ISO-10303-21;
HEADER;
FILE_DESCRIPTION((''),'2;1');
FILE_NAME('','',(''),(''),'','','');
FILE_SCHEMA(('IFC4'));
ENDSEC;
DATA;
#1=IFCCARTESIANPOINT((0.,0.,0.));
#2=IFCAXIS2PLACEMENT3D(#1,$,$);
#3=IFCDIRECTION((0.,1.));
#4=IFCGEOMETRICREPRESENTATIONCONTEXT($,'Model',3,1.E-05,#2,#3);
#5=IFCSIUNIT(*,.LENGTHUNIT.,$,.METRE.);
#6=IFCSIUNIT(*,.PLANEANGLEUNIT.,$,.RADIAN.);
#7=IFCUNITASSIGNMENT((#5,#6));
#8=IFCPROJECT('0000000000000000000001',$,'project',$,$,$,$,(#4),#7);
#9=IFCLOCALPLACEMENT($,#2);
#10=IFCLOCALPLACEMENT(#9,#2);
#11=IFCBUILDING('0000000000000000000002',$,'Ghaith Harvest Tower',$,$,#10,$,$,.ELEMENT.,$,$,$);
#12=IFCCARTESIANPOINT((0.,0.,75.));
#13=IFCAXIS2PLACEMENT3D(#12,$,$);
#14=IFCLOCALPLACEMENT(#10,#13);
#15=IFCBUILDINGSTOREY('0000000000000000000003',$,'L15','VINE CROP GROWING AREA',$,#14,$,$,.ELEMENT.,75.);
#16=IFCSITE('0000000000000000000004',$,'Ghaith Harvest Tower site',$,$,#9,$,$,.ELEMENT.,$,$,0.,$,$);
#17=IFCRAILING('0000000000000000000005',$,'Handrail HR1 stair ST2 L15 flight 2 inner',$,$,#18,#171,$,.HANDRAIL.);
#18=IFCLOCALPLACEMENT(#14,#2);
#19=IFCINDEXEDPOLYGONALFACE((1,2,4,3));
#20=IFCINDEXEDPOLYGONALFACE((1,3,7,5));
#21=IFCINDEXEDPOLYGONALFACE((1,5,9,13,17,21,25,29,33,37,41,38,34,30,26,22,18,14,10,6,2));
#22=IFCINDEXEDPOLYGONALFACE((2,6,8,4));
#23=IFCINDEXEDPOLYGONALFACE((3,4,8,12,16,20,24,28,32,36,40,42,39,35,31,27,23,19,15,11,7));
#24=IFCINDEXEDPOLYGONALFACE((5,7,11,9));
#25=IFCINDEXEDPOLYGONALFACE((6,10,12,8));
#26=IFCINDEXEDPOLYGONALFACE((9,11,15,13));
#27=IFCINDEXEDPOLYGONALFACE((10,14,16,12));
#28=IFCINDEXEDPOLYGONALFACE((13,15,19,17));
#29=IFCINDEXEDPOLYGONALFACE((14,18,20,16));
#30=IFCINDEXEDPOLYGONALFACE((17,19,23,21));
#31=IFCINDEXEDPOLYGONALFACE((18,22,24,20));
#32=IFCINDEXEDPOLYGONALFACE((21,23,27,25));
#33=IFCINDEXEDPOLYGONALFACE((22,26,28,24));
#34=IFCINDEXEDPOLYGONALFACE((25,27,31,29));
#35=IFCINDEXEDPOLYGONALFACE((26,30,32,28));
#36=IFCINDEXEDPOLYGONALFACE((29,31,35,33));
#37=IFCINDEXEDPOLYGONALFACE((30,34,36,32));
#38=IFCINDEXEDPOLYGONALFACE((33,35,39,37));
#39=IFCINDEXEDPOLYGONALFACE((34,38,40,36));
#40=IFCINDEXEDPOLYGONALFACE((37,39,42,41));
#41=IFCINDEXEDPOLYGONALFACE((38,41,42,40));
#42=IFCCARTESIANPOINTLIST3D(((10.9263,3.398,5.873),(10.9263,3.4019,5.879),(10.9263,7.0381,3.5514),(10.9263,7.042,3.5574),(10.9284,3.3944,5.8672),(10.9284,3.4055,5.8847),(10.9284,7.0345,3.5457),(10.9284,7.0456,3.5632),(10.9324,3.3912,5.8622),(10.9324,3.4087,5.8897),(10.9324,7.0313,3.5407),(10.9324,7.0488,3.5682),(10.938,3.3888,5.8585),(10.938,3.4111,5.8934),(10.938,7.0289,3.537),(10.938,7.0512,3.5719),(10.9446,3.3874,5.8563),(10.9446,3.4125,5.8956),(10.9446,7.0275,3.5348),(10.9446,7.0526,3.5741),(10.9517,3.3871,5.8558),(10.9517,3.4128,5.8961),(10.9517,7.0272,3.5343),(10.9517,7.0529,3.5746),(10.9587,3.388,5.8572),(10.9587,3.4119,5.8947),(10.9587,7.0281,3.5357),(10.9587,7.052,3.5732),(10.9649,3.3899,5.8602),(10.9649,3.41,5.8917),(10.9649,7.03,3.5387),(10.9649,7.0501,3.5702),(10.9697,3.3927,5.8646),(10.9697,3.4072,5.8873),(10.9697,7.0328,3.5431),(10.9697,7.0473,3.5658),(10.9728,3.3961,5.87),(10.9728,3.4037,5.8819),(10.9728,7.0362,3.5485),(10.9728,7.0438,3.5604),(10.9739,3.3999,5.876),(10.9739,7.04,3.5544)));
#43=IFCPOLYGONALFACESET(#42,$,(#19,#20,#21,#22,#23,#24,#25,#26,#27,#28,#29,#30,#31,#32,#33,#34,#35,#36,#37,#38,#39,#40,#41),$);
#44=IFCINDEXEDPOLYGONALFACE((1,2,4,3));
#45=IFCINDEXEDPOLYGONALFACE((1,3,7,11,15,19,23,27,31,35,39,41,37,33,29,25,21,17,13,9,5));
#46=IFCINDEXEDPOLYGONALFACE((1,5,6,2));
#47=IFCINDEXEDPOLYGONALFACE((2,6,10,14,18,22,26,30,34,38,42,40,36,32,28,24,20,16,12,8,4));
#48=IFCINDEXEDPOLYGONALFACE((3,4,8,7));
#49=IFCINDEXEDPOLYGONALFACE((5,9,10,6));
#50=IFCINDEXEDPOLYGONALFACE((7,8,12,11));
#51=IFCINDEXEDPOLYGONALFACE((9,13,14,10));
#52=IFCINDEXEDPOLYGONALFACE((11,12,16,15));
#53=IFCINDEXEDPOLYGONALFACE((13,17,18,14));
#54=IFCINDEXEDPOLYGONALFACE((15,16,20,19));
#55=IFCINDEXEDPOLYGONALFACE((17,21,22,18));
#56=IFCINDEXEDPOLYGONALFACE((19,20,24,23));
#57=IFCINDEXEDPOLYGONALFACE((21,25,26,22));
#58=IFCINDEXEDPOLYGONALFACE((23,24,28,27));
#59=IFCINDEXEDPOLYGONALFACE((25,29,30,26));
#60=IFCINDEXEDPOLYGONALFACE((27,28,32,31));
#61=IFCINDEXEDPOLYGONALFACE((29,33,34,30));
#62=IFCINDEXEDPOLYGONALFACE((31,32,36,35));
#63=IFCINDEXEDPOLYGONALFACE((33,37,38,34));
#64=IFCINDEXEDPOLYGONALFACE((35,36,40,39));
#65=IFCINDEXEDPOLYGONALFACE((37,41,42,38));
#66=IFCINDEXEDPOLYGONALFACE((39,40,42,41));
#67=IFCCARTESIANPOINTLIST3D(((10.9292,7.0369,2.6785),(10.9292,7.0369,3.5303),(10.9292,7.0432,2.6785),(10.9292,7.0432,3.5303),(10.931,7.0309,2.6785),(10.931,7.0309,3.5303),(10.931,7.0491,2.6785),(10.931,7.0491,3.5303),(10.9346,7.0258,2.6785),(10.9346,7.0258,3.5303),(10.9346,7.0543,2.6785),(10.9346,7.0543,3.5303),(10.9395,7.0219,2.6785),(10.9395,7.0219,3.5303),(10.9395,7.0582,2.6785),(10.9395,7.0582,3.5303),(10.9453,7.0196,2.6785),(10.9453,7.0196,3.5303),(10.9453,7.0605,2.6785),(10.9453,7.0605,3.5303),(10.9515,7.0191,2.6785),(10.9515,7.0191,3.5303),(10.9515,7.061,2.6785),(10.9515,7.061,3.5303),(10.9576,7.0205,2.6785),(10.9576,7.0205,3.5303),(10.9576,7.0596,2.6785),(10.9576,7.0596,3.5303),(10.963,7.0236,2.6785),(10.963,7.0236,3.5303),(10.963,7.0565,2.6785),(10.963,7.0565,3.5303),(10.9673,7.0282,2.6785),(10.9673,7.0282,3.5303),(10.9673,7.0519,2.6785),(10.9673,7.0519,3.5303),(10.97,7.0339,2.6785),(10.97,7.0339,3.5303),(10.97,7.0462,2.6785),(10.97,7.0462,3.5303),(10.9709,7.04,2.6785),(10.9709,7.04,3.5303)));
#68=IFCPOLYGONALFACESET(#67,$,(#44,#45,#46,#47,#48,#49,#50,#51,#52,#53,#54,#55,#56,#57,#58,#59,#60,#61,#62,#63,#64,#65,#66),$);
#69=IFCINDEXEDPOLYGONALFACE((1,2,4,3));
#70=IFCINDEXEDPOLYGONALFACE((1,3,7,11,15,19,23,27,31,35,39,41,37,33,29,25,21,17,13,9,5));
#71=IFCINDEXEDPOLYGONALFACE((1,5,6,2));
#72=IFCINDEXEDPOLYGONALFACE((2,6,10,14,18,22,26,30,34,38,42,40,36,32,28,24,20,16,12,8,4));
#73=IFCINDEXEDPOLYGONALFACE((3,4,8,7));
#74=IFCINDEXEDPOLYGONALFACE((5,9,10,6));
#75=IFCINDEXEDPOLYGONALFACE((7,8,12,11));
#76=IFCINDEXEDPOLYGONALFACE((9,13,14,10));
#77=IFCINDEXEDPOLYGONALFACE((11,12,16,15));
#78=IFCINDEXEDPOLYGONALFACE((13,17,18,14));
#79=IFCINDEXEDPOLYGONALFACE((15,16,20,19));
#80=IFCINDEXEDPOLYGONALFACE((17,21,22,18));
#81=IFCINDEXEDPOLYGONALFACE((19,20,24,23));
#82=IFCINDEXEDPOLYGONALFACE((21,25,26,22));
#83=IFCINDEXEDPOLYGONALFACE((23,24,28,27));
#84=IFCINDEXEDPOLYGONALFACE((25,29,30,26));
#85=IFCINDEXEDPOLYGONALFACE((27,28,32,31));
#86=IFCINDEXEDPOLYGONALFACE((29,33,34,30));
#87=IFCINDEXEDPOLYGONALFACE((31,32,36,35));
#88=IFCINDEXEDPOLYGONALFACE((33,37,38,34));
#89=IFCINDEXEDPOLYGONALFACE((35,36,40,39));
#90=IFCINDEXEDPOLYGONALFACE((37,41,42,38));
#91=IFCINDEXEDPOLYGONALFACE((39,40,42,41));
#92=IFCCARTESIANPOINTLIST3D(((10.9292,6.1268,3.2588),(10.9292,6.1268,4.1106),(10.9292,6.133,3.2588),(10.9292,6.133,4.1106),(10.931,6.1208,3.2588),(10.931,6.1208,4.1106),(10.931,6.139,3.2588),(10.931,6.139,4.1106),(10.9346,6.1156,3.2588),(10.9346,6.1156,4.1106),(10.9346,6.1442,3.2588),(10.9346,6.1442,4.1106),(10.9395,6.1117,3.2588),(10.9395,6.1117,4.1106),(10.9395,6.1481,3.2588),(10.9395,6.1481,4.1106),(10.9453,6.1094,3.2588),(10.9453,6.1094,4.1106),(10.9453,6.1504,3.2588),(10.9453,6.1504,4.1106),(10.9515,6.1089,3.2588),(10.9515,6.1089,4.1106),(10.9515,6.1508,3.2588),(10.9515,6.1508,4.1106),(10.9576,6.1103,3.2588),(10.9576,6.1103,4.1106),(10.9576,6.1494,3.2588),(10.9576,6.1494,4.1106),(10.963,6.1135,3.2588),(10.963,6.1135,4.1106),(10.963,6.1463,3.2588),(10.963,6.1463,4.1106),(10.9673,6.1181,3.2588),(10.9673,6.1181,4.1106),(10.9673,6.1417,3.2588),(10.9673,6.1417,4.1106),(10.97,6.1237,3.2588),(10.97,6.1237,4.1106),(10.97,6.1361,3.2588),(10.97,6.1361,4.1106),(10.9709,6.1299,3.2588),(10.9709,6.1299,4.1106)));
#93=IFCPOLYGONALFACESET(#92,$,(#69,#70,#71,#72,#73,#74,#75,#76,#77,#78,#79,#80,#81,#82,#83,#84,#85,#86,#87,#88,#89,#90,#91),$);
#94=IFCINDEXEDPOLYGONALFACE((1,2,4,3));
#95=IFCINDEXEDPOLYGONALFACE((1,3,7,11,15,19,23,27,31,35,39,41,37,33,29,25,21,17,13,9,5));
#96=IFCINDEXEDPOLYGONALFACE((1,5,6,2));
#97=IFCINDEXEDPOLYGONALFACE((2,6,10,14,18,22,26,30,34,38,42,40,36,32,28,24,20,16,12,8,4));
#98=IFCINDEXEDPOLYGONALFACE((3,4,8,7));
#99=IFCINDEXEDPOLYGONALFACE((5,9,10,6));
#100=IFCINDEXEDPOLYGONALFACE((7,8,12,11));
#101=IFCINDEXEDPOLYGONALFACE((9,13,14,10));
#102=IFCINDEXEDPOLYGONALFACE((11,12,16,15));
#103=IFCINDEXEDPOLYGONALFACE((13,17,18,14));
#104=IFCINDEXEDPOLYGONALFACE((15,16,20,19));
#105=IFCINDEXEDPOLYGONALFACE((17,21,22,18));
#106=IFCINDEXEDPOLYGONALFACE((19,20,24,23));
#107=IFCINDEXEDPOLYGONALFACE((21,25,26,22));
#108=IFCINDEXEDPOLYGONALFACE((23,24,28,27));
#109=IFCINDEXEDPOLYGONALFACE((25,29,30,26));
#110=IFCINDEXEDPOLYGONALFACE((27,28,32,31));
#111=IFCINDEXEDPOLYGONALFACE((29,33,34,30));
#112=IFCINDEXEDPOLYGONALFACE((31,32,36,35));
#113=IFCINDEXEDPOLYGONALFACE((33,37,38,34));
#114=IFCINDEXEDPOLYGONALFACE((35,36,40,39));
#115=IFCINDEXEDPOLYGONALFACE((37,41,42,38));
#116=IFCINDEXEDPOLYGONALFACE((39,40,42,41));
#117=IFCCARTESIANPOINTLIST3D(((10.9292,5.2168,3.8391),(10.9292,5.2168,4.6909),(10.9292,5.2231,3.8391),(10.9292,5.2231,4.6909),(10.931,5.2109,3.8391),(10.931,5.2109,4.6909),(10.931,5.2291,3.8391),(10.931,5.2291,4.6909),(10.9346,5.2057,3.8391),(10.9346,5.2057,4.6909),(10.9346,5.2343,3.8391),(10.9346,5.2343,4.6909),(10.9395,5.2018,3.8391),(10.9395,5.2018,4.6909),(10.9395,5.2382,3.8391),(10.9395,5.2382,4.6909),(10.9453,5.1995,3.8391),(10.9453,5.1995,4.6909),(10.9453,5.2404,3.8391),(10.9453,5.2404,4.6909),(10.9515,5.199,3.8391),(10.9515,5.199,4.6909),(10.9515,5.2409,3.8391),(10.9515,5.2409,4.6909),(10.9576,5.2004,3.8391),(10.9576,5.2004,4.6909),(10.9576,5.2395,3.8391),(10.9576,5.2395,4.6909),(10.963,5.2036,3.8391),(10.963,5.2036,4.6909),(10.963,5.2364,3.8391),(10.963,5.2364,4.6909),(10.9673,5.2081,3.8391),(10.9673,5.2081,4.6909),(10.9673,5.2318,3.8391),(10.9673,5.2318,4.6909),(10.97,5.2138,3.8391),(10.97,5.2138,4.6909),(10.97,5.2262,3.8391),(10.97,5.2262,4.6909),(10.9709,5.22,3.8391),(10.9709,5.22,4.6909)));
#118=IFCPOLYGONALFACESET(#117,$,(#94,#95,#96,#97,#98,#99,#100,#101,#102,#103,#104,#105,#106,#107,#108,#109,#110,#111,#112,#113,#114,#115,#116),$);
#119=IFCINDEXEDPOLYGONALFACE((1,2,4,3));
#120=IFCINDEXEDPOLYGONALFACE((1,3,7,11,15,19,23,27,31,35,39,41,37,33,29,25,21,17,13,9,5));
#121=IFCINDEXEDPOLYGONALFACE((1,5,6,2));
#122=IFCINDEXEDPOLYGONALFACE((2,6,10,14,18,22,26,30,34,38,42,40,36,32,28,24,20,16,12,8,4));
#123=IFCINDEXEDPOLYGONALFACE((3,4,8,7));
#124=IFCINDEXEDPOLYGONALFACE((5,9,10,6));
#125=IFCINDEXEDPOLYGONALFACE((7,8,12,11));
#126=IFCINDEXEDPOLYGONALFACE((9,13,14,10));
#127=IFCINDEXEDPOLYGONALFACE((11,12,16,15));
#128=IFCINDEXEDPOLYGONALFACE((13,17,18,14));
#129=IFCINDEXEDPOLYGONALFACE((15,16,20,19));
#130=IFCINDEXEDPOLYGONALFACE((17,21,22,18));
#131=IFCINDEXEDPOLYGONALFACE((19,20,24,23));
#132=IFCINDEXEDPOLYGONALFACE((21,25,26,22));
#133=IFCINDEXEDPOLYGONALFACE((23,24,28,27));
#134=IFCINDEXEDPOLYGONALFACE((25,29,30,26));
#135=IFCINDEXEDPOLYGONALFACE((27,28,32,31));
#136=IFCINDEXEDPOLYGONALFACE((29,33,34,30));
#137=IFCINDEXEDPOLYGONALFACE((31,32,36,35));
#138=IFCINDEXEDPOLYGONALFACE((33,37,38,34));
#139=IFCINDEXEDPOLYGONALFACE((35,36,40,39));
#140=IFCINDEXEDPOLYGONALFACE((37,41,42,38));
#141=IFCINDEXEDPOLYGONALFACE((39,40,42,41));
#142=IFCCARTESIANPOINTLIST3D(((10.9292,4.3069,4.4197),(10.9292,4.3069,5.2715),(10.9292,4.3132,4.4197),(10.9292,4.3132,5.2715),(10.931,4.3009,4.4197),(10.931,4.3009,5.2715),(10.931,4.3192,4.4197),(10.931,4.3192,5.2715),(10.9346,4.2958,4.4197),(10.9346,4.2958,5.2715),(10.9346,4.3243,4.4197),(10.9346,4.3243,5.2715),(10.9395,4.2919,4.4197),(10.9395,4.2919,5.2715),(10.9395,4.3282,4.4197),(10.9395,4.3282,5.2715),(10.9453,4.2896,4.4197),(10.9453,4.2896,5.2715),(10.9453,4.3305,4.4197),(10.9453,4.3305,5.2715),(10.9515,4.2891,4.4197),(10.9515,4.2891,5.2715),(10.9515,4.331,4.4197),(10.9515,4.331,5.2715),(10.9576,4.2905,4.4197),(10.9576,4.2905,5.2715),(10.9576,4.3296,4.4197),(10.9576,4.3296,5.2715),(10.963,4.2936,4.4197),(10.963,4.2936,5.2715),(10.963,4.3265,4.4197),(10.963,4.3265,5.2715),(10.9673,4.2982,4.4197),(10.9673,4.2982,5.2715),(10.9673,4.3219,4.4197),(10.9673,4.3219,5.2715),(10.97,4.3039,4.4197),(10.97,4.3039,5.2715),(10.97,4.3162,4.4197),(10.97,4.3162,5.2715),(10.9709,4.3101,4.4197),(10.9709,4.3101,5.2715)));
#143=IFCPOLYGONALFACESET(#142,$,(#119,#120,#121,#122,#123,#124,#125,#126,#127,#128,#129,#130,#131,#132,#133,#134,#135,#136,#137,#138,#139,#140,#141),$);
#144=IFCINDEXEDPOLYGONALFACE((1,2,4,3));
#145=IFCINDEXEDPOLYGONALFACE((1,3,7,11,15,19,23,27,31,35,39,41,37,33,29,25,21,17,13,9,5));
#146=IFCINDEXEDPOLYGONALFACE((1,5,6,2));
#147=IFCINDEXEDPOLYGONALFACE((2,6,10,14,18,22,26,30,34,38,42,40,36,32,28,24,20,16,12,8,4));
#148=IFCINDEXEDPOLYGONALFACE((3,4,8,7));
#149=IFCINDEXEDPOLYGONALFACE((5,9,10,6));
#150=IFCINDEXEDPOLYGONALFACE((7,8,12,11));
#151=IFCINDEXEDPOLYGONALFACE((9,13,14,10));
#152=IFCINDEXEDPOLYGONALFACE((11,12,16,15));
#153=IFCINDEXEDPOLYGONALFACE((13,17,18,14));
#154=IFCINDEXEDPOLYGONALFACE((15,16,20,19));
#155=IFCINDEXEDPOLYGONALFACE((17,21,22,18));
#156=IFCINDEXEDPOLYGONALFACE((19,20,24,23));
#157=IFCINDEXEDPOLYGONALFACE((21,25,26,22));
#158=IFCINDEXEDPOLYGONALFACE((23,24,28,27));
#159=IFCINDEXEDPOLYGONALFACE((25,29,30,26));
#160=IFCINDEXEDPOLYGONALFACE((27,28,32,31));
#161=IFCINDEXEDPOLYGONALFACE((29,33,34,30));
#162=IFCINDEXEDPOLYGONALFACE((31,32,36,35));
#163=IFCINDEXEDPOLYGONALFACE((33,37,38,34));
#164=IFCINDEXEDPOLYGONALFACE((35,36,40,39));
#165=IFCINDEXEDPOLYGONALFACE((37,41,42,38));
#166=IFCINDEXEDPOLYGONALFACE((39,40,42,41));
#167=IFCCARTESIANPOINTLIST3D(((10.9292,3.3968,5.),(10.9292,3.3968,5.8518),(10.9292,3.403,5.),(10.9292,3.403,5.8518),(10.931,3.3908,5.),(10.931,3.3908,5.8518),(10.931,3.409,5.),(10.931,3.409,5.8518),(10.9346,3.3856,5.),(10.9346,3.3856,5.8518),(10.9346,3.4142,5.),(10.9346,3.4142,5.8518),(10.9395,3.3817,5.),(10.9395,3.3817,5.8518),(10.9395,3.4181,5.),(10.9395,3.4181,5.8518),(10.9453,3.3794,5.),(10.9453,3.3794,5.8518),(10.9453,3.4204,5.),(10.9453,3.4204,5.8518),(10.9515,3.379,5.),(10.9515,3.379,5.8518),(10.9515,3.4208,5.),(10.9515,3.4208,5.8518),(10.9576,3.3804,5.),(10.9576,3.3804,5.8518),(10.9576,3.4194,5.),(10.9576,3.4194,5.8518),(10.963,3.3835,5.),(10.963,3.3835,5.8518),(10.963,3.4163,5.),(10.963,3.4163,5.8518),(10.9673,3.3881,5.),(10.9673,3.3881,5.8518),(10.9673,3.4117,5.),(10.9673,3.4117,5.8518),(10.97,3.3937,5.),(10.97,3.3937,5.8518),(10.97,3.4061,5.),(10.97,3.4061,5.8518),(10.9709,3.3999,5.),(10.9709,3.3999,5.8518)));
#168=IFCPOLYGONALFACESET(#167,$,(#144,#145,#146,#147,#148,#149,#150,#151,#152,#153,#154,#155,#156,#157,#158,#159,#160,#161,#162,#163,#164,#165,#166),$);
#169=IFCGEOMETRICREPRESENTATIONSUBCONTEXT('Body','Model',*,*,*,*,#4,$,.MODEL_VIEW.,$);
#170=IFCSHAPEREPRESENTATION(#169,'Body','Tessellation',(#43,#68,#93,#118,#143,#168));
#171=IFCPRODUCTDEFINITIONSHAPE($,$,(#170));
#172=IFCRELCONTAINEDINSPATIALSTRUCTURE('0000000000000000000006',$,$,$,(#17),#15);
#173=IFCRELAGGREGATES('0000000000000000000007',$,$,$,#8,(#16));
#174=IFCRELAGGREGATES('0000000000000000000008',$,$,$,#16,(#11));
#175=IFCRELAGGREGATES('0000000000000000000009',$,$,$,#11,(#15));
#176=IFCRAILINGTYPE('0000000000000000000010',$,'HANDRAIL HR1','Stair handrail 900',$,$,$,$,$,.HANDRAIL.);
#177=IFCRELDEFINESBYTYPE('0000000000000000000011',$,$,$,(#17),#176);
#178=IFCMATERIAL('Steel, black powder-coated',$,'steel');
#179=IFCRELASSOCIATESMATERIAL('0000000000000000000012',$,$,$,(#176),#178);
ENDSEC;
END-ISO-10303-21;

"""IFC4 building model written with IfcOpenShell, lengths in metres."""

from ifc_helpers import new_model, si_unit, direction, frame, origin, origin_2d, place, context, subcontext, project, spatial, circle, extrude, material, type_object, element, save


model = new_model("IFC4")

# Units and contexts
model_context = context("Model", 3, precision=1e-05, world=origin(), true_north=direction((0.0, 1.0)))
body_context = subcontext(model_context, "Body", "Model", "MODEL_VIEW")
ifc_project = project(units=[si_unit("LENGTHUNIT", "METRE"), si_unit("PLANEANGLEUNIT", "RADIAN")], contexts=[model_context])

# Site, building, storey
site_placement = place(None, origin())
site = spatial("IfcSite", under=ifc_project, at=site_placement, Name="Ghaith Harvest Tower site", CompositionType="ELEMENT", RefElevation=0.0)
building_placement = place(site_placement, origin())
building = spatial("IfcBuilding", under=site, at=building_placement, Name="Ghaith Harvest Tower", CompositionType="ELEMENT")
storey_placement = place(building_placement, frame((0.0, 0.0, 75.0)))
storey = spatial("IfcBuildingStorey", under=building, at=storey_placement, Name="L15", Description="VINE CROP GROWING AREA", CompositionType="ELEMENT", Elevation=75.0)

# Railing
ifc_material_1 = material(Name="Steel, black powder-coated", Category="steel")
railing_type = type_object("IfcRailingType", Name="HANDRAIL HR1", Description="Stair handrail 900", PredefinedType="HANDRAIL", material=ifc_material_1)
railing_1_placement = place(storey_placement, frame((10.95, 7.04, 2.6785)))
element("IfcRailing", 1, at=railing_1_placement, inside=storey, type_object=railing_type, Name="Handrail HR1 stair ST2 L15 flight 2 inner", PredefinedType="HANDRAIL", context=body_context, shape_type="SweptSolid", body=[
    extrude(circle(Radius=0.0239, at=origin_2d()), frame((0.0, 0.0, 0.876), z_axis=(0.0, -0.843128, 0.537713), x_axis=(1.0, 0.0, 0.0)), (0.0, 0.0, 1.0), 4.3174),
    extrude(circle(Radius=0.021, at=origin_2d()), origin(), (0.0, 0.0, 1.0), 0.8518),
    extrude(circle(Radius=0.021, at=origin_2d()), frame((0.0, -0.9102, 0.5803)), (0.0, 0.0, 1.0), 0.8518),
    extrude(circle(Radius=0.021, at=origin_2d()), frame((0.0, -1.8201, 1.1606)), (0.0, 0.0, 1.0), 0.8518),
    extrude(circle(Radius=0.021, at=origin_2d()), frame((0.0, -2.73, 1.7412)), (0.0, 0.0, 1.0), 0.8518),
    extrude(circle(Radius=0.021, at=origin_2d()), frame((0.0, -3.6401, 2.3215)), (0.0, 0.0, 1.0), 0.8518),
])

save(model, "model.ifc")
